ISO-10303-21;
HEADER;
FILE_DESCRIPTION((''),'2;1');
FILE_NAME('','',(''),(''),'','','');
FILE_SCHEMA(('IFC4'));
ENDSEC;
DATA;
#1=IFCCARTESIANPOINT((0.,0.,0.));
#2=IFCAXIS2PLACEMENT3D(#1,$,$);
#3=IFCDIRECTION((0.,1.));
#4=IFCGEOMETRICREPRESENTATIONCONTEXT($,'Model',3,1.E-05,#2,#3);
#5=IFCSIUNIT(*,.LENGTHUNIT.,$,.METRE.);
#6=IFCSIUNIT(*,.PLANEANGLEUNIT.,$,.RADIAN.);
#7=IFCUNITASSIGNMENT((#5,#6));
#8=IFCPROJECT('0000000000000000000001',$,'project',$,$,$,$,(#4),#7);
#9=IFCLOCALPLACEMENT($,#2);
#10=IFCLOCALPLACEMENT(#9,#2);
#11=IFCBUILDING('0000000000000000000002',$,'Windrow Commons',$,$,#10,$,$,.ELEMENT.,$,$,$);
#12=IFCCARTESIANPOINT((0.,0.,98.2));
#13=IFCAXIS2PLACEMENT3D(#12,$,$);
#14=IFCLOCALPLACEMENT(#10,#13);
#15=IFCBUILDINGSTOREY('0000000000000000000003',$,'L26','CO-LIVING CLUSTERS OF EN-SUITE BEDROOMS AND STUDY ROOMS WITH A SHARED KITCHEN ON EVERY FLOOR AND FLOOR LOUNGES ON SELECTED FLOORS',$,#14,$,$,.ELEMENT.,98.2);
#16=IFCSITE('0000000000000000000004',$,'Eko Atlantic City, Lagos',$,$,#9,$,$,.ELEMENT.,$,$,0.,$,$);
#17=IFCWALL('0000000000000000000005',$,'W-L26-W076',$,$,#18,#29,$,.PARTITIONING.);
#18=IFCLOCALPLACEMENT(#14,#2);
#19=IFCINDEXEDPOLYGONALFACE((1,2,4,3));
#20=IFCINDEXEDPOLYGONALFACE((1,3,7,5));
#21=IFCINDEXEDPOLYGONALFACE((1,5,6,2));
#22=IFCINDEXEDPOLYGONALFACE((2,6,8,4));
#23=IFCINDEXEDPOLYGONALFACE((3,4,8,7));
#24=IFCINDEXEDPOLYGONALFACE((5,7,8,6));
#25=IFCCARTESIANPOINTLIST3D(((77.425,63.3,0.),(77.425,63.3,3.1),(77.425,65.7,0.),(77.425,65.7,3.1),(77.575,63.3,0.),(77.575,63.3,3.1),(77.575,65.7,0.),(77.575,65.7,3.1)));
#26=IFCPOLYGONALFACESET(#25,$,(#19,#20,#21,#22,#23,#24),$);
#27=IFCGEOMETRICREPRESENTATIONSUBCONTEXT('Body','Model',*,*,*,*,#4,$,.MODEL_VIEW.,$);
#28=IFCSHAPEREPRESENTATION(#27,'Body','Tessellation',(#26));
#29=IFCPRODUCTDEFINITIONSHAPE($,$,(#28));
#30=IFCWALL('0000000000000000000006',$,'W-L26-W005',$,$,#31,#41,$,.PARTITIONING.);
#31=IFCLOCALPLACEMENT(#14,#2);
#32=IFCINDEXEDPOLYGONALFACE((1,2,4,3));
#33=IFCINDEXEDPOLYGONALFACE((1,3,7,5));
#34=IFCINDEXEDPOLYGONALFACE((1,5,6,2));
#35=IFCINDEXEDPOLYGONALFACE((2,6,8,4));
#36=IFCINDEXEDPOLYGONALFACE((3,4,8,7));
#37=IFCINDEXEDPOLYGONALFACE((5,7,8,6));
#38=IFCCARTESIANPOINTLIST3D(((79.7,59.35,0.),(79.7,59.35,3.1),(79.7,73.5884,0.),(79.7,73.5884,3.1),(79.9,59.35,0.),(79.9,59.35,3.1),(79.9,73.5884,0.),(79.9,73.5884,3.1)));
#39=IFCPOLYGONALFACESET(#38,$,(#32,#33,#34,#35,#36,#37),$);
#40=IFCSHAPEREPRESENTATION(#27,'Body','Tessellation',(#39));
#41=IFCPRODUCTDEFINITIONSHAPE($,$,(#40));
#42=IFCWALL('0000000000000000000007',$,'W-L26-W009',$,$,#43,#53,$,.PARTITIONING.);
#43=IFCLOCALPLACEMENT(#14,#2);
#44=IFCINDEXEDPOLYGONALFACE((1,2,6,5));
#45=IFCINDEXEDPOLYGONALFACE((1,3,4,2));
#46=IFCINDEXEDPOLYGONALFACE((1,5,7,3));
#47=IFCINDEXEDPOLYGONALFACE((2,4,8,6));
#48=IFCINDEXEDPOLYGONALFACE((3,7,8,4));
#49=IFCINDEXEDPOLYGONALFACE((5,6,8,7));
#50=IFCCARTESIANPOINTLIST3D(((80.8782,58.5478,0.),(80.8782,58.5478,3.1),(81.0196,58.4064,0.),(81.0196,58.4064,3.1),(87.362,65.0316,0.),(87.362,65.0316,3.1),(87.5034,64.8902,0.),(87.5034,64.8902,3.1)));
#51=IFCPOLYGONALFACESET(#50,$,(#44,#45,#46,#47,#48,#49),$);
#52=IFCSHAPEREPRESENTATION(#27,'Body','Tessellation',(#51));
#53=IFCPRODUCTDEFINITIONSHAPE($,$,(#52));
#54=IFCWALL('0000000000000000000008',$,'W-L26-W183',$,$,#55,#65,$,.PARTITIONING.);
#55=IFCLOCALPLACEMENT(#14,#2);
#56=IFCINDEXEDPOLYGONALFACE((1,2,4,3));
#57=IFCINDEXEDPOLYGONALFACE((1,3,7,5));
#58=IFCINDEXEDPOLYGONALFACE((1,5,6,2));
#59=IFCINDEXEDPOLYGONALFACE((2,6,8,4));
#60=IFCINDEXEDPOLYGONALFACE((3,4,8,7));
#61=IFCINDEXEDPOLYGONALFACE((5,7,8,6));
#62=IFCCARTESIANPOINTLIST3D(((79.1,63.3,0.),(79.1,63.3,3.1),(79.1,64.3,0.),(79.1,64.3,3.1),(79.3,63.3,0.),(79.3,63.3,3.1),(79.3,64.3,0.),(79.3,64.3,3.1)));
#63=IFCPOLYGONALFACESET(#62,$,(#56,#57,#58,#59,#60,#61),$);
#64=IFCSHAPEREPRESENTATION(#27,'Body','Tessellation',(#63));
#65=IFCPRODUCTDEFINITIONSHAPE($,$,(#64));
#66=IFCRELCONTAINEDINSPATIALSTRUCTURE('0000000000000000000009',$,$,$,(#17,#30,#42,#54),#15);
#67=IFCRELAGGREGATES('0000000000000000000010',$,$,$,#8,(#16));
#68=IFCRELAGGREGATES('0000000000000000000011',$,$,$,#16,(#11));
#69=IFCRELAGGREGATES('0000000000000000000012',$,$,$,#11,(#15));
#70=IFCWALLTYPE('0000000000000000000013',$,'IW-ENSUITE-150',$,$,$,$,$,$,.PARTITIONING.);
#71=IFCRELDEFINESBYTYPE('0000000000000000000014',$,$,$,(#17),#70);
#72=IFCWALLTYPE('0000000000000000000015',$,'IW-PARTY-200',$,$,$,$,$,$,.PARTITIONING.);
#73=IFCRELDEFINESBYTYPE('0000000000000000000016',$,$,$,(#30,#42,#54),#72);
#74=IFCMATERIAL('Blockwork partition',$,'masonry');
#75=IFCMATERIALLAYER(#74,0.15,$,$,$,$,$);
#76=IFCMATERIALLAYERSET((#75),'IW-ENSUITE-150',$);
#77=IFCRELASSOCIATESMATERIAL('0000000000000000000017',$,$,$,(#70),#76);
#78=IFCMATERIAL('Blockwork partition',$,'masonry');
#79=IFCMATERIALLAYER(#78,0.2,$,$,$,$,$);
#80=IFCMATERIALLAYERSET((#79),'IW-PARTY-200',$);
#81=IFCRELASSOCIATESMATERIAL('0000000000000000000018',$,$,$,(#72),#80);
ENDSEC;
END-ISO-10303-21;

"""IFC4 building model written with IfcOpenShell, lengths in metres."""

from ifc_helpers import new_model, si_unit, direction, frame, frame_2d, origin, place, context, subcontext, project, spatial, rectangle, extrude, material, layer, layer_set, type_object, element, save


model = new_model("IFC4")

# Units and contexts
model_context = context("Model", 3, precision=1e-05, world=origin(), true_north=direction((0.0, 1.0)))
body_context = subcontext(model_context, "Body", "Model", "MODEL_VIEW")
ifc_project = project(units=[si_unit("LENGTHUNIT", "METRE"), si_unit("PLANEANGLEUNIT", "RADIAN")], contexts=[model_context])

# Site, building, storey
site_placement = place(None, origin())
site = spatial("IfcSite", under=ifc_project, at=site_placement, Name="Eko Atlantic City, Lagos", CompositionType="ELEMENT", RefElevation=0.0)
building_placement = place(site_placement, origin())
building = spatial("IfcBuilding", under=site, at=building_placement, Name="Windrow Commons", CompositionType="ELEMENT")
storey_placement = place(building_placement, frame((0.0, 0.0, 98.2)))
storey = spatial("IfcBuildingStorey", under=building, at=storey_placement, Name="L26", Description="CO-LIVING CLUSTERS OF EN-SUITE BEDROOMS AND STUDY ROOMS WITH A SHARED KITCHEN ON EVERY FLOOR AND FLOOR LOUNGES ON SELECTED FLOORS", CompositionType="ELEMENT", Elevation=98.2)

# Walls
ifc_material_1 = material(Name="Blockwork partition", Category="masonry")
ifc_layer_1 = layer(ifc_material_1, 0.15)
ifc_layer_set_1 = layer_set([ifc_layer_1], Name="IW-ENSUITE-150")
wall_type_1 = type_object("IfcWallType", Name="IW-ENSUITE-150", PredefinedType="PARTITIONING", material=ifc_layer_set_1)
for number, where, z_axis, x_axis, name in (
    (1, (77.5, 63.3, 0.0), (0.0, 0.0, 1.0), (0.0, 1.0, 0.0), "W-L26-W076"),
):
    element("IfcWall", number, at=place(storey_placement, frame(where, z_axis=z_axis, x_axis=x_axis)), inside=storey, type_object=wall_type_1, Name=name, PredefinedType="PARTITIONING", context=body_context, shape_type="SweptSolid", body=[
        extrude(rectangle(XDim=2.4, YDim=0.15, at=frame_2d((1.2, 0.0))), origin(), (0.0, 0.0, 1.0), 3.1),
    ])
ifc_material_2 = material(Name="Blockwork partition", Category="masonry")
ifc_layer_2 = layer(ifc_material_2, 0.2)
ifc_layer_set_2 = layer_set([ifc_layer_2], Name="IW-PARTY-200")
wall_type_2 = type_object("IfcWallType", Name="IW-PARTY-200", PredefinedType="PARTITIONING", material=ifc_layer_set_2)
wall_1_placement = place(storey_placement, frame((79.8, 59.35, 0.0), z_axis=(0.0, 0.0, 1.0), x_axis=(0.0, 1.0, 0.0)))
element("IfcWall", 2, at=wall_1_placement, inside=storey, type_object=wall_type_2, Name="W-L26-W005", PredefinedType="PARTITIONING", context=body_context, shape_type="SweptSolid", body=[
    extrude(rectangle(XDim=14.2384, YDim=0.2, at=frame_2d((7.1192, 0.0))), origin(), (0.0, 0.0, 1.0), 3.1),
])
wall_2_placement = place(storey_placement, frame((80.9489, 58.4771, 0.0), z_axis=(0.0, 0.0, 1.0), x_axis=(0.707107, 0.707107, 0.0)))
element("IfcWall", 3, at=wall_2_placement, inside=storey, type_object=wall_type_2, Name="W-L26-W009", PredefinedType="PARTITIONING", context=body_context, shape_type="SweptSolid", body=[
    extrude(rectangle(XDim=9.1695, YDim=0.2, at=frame_2d((4.5847, 0.0))), origin(), (0.0, 0.0, 1.0), 3.1),
])
wall_3_placement = place(storey_placement, frame((79.2, 63.3, 0.0), z_axis=(0.0, 0.0, 1.0), x_axis=(0.0, 1.0, 0.0)))
element("IfcWall", 4, at=wall_3_placement, inside=storey, type_object=wall_type_2, Name="W-L26-W183", PredefinedType="PARTITIONING", context=body_context, shape_type="SweptSolid", body=[
    extrude(rectangle(XDim=1.0, YDim=0.2, at=frame_2d((0.5, 0.0))), origin(), (0.0, 0.0, 1.0), 3.1),
])

save(model, "model.ifc")
